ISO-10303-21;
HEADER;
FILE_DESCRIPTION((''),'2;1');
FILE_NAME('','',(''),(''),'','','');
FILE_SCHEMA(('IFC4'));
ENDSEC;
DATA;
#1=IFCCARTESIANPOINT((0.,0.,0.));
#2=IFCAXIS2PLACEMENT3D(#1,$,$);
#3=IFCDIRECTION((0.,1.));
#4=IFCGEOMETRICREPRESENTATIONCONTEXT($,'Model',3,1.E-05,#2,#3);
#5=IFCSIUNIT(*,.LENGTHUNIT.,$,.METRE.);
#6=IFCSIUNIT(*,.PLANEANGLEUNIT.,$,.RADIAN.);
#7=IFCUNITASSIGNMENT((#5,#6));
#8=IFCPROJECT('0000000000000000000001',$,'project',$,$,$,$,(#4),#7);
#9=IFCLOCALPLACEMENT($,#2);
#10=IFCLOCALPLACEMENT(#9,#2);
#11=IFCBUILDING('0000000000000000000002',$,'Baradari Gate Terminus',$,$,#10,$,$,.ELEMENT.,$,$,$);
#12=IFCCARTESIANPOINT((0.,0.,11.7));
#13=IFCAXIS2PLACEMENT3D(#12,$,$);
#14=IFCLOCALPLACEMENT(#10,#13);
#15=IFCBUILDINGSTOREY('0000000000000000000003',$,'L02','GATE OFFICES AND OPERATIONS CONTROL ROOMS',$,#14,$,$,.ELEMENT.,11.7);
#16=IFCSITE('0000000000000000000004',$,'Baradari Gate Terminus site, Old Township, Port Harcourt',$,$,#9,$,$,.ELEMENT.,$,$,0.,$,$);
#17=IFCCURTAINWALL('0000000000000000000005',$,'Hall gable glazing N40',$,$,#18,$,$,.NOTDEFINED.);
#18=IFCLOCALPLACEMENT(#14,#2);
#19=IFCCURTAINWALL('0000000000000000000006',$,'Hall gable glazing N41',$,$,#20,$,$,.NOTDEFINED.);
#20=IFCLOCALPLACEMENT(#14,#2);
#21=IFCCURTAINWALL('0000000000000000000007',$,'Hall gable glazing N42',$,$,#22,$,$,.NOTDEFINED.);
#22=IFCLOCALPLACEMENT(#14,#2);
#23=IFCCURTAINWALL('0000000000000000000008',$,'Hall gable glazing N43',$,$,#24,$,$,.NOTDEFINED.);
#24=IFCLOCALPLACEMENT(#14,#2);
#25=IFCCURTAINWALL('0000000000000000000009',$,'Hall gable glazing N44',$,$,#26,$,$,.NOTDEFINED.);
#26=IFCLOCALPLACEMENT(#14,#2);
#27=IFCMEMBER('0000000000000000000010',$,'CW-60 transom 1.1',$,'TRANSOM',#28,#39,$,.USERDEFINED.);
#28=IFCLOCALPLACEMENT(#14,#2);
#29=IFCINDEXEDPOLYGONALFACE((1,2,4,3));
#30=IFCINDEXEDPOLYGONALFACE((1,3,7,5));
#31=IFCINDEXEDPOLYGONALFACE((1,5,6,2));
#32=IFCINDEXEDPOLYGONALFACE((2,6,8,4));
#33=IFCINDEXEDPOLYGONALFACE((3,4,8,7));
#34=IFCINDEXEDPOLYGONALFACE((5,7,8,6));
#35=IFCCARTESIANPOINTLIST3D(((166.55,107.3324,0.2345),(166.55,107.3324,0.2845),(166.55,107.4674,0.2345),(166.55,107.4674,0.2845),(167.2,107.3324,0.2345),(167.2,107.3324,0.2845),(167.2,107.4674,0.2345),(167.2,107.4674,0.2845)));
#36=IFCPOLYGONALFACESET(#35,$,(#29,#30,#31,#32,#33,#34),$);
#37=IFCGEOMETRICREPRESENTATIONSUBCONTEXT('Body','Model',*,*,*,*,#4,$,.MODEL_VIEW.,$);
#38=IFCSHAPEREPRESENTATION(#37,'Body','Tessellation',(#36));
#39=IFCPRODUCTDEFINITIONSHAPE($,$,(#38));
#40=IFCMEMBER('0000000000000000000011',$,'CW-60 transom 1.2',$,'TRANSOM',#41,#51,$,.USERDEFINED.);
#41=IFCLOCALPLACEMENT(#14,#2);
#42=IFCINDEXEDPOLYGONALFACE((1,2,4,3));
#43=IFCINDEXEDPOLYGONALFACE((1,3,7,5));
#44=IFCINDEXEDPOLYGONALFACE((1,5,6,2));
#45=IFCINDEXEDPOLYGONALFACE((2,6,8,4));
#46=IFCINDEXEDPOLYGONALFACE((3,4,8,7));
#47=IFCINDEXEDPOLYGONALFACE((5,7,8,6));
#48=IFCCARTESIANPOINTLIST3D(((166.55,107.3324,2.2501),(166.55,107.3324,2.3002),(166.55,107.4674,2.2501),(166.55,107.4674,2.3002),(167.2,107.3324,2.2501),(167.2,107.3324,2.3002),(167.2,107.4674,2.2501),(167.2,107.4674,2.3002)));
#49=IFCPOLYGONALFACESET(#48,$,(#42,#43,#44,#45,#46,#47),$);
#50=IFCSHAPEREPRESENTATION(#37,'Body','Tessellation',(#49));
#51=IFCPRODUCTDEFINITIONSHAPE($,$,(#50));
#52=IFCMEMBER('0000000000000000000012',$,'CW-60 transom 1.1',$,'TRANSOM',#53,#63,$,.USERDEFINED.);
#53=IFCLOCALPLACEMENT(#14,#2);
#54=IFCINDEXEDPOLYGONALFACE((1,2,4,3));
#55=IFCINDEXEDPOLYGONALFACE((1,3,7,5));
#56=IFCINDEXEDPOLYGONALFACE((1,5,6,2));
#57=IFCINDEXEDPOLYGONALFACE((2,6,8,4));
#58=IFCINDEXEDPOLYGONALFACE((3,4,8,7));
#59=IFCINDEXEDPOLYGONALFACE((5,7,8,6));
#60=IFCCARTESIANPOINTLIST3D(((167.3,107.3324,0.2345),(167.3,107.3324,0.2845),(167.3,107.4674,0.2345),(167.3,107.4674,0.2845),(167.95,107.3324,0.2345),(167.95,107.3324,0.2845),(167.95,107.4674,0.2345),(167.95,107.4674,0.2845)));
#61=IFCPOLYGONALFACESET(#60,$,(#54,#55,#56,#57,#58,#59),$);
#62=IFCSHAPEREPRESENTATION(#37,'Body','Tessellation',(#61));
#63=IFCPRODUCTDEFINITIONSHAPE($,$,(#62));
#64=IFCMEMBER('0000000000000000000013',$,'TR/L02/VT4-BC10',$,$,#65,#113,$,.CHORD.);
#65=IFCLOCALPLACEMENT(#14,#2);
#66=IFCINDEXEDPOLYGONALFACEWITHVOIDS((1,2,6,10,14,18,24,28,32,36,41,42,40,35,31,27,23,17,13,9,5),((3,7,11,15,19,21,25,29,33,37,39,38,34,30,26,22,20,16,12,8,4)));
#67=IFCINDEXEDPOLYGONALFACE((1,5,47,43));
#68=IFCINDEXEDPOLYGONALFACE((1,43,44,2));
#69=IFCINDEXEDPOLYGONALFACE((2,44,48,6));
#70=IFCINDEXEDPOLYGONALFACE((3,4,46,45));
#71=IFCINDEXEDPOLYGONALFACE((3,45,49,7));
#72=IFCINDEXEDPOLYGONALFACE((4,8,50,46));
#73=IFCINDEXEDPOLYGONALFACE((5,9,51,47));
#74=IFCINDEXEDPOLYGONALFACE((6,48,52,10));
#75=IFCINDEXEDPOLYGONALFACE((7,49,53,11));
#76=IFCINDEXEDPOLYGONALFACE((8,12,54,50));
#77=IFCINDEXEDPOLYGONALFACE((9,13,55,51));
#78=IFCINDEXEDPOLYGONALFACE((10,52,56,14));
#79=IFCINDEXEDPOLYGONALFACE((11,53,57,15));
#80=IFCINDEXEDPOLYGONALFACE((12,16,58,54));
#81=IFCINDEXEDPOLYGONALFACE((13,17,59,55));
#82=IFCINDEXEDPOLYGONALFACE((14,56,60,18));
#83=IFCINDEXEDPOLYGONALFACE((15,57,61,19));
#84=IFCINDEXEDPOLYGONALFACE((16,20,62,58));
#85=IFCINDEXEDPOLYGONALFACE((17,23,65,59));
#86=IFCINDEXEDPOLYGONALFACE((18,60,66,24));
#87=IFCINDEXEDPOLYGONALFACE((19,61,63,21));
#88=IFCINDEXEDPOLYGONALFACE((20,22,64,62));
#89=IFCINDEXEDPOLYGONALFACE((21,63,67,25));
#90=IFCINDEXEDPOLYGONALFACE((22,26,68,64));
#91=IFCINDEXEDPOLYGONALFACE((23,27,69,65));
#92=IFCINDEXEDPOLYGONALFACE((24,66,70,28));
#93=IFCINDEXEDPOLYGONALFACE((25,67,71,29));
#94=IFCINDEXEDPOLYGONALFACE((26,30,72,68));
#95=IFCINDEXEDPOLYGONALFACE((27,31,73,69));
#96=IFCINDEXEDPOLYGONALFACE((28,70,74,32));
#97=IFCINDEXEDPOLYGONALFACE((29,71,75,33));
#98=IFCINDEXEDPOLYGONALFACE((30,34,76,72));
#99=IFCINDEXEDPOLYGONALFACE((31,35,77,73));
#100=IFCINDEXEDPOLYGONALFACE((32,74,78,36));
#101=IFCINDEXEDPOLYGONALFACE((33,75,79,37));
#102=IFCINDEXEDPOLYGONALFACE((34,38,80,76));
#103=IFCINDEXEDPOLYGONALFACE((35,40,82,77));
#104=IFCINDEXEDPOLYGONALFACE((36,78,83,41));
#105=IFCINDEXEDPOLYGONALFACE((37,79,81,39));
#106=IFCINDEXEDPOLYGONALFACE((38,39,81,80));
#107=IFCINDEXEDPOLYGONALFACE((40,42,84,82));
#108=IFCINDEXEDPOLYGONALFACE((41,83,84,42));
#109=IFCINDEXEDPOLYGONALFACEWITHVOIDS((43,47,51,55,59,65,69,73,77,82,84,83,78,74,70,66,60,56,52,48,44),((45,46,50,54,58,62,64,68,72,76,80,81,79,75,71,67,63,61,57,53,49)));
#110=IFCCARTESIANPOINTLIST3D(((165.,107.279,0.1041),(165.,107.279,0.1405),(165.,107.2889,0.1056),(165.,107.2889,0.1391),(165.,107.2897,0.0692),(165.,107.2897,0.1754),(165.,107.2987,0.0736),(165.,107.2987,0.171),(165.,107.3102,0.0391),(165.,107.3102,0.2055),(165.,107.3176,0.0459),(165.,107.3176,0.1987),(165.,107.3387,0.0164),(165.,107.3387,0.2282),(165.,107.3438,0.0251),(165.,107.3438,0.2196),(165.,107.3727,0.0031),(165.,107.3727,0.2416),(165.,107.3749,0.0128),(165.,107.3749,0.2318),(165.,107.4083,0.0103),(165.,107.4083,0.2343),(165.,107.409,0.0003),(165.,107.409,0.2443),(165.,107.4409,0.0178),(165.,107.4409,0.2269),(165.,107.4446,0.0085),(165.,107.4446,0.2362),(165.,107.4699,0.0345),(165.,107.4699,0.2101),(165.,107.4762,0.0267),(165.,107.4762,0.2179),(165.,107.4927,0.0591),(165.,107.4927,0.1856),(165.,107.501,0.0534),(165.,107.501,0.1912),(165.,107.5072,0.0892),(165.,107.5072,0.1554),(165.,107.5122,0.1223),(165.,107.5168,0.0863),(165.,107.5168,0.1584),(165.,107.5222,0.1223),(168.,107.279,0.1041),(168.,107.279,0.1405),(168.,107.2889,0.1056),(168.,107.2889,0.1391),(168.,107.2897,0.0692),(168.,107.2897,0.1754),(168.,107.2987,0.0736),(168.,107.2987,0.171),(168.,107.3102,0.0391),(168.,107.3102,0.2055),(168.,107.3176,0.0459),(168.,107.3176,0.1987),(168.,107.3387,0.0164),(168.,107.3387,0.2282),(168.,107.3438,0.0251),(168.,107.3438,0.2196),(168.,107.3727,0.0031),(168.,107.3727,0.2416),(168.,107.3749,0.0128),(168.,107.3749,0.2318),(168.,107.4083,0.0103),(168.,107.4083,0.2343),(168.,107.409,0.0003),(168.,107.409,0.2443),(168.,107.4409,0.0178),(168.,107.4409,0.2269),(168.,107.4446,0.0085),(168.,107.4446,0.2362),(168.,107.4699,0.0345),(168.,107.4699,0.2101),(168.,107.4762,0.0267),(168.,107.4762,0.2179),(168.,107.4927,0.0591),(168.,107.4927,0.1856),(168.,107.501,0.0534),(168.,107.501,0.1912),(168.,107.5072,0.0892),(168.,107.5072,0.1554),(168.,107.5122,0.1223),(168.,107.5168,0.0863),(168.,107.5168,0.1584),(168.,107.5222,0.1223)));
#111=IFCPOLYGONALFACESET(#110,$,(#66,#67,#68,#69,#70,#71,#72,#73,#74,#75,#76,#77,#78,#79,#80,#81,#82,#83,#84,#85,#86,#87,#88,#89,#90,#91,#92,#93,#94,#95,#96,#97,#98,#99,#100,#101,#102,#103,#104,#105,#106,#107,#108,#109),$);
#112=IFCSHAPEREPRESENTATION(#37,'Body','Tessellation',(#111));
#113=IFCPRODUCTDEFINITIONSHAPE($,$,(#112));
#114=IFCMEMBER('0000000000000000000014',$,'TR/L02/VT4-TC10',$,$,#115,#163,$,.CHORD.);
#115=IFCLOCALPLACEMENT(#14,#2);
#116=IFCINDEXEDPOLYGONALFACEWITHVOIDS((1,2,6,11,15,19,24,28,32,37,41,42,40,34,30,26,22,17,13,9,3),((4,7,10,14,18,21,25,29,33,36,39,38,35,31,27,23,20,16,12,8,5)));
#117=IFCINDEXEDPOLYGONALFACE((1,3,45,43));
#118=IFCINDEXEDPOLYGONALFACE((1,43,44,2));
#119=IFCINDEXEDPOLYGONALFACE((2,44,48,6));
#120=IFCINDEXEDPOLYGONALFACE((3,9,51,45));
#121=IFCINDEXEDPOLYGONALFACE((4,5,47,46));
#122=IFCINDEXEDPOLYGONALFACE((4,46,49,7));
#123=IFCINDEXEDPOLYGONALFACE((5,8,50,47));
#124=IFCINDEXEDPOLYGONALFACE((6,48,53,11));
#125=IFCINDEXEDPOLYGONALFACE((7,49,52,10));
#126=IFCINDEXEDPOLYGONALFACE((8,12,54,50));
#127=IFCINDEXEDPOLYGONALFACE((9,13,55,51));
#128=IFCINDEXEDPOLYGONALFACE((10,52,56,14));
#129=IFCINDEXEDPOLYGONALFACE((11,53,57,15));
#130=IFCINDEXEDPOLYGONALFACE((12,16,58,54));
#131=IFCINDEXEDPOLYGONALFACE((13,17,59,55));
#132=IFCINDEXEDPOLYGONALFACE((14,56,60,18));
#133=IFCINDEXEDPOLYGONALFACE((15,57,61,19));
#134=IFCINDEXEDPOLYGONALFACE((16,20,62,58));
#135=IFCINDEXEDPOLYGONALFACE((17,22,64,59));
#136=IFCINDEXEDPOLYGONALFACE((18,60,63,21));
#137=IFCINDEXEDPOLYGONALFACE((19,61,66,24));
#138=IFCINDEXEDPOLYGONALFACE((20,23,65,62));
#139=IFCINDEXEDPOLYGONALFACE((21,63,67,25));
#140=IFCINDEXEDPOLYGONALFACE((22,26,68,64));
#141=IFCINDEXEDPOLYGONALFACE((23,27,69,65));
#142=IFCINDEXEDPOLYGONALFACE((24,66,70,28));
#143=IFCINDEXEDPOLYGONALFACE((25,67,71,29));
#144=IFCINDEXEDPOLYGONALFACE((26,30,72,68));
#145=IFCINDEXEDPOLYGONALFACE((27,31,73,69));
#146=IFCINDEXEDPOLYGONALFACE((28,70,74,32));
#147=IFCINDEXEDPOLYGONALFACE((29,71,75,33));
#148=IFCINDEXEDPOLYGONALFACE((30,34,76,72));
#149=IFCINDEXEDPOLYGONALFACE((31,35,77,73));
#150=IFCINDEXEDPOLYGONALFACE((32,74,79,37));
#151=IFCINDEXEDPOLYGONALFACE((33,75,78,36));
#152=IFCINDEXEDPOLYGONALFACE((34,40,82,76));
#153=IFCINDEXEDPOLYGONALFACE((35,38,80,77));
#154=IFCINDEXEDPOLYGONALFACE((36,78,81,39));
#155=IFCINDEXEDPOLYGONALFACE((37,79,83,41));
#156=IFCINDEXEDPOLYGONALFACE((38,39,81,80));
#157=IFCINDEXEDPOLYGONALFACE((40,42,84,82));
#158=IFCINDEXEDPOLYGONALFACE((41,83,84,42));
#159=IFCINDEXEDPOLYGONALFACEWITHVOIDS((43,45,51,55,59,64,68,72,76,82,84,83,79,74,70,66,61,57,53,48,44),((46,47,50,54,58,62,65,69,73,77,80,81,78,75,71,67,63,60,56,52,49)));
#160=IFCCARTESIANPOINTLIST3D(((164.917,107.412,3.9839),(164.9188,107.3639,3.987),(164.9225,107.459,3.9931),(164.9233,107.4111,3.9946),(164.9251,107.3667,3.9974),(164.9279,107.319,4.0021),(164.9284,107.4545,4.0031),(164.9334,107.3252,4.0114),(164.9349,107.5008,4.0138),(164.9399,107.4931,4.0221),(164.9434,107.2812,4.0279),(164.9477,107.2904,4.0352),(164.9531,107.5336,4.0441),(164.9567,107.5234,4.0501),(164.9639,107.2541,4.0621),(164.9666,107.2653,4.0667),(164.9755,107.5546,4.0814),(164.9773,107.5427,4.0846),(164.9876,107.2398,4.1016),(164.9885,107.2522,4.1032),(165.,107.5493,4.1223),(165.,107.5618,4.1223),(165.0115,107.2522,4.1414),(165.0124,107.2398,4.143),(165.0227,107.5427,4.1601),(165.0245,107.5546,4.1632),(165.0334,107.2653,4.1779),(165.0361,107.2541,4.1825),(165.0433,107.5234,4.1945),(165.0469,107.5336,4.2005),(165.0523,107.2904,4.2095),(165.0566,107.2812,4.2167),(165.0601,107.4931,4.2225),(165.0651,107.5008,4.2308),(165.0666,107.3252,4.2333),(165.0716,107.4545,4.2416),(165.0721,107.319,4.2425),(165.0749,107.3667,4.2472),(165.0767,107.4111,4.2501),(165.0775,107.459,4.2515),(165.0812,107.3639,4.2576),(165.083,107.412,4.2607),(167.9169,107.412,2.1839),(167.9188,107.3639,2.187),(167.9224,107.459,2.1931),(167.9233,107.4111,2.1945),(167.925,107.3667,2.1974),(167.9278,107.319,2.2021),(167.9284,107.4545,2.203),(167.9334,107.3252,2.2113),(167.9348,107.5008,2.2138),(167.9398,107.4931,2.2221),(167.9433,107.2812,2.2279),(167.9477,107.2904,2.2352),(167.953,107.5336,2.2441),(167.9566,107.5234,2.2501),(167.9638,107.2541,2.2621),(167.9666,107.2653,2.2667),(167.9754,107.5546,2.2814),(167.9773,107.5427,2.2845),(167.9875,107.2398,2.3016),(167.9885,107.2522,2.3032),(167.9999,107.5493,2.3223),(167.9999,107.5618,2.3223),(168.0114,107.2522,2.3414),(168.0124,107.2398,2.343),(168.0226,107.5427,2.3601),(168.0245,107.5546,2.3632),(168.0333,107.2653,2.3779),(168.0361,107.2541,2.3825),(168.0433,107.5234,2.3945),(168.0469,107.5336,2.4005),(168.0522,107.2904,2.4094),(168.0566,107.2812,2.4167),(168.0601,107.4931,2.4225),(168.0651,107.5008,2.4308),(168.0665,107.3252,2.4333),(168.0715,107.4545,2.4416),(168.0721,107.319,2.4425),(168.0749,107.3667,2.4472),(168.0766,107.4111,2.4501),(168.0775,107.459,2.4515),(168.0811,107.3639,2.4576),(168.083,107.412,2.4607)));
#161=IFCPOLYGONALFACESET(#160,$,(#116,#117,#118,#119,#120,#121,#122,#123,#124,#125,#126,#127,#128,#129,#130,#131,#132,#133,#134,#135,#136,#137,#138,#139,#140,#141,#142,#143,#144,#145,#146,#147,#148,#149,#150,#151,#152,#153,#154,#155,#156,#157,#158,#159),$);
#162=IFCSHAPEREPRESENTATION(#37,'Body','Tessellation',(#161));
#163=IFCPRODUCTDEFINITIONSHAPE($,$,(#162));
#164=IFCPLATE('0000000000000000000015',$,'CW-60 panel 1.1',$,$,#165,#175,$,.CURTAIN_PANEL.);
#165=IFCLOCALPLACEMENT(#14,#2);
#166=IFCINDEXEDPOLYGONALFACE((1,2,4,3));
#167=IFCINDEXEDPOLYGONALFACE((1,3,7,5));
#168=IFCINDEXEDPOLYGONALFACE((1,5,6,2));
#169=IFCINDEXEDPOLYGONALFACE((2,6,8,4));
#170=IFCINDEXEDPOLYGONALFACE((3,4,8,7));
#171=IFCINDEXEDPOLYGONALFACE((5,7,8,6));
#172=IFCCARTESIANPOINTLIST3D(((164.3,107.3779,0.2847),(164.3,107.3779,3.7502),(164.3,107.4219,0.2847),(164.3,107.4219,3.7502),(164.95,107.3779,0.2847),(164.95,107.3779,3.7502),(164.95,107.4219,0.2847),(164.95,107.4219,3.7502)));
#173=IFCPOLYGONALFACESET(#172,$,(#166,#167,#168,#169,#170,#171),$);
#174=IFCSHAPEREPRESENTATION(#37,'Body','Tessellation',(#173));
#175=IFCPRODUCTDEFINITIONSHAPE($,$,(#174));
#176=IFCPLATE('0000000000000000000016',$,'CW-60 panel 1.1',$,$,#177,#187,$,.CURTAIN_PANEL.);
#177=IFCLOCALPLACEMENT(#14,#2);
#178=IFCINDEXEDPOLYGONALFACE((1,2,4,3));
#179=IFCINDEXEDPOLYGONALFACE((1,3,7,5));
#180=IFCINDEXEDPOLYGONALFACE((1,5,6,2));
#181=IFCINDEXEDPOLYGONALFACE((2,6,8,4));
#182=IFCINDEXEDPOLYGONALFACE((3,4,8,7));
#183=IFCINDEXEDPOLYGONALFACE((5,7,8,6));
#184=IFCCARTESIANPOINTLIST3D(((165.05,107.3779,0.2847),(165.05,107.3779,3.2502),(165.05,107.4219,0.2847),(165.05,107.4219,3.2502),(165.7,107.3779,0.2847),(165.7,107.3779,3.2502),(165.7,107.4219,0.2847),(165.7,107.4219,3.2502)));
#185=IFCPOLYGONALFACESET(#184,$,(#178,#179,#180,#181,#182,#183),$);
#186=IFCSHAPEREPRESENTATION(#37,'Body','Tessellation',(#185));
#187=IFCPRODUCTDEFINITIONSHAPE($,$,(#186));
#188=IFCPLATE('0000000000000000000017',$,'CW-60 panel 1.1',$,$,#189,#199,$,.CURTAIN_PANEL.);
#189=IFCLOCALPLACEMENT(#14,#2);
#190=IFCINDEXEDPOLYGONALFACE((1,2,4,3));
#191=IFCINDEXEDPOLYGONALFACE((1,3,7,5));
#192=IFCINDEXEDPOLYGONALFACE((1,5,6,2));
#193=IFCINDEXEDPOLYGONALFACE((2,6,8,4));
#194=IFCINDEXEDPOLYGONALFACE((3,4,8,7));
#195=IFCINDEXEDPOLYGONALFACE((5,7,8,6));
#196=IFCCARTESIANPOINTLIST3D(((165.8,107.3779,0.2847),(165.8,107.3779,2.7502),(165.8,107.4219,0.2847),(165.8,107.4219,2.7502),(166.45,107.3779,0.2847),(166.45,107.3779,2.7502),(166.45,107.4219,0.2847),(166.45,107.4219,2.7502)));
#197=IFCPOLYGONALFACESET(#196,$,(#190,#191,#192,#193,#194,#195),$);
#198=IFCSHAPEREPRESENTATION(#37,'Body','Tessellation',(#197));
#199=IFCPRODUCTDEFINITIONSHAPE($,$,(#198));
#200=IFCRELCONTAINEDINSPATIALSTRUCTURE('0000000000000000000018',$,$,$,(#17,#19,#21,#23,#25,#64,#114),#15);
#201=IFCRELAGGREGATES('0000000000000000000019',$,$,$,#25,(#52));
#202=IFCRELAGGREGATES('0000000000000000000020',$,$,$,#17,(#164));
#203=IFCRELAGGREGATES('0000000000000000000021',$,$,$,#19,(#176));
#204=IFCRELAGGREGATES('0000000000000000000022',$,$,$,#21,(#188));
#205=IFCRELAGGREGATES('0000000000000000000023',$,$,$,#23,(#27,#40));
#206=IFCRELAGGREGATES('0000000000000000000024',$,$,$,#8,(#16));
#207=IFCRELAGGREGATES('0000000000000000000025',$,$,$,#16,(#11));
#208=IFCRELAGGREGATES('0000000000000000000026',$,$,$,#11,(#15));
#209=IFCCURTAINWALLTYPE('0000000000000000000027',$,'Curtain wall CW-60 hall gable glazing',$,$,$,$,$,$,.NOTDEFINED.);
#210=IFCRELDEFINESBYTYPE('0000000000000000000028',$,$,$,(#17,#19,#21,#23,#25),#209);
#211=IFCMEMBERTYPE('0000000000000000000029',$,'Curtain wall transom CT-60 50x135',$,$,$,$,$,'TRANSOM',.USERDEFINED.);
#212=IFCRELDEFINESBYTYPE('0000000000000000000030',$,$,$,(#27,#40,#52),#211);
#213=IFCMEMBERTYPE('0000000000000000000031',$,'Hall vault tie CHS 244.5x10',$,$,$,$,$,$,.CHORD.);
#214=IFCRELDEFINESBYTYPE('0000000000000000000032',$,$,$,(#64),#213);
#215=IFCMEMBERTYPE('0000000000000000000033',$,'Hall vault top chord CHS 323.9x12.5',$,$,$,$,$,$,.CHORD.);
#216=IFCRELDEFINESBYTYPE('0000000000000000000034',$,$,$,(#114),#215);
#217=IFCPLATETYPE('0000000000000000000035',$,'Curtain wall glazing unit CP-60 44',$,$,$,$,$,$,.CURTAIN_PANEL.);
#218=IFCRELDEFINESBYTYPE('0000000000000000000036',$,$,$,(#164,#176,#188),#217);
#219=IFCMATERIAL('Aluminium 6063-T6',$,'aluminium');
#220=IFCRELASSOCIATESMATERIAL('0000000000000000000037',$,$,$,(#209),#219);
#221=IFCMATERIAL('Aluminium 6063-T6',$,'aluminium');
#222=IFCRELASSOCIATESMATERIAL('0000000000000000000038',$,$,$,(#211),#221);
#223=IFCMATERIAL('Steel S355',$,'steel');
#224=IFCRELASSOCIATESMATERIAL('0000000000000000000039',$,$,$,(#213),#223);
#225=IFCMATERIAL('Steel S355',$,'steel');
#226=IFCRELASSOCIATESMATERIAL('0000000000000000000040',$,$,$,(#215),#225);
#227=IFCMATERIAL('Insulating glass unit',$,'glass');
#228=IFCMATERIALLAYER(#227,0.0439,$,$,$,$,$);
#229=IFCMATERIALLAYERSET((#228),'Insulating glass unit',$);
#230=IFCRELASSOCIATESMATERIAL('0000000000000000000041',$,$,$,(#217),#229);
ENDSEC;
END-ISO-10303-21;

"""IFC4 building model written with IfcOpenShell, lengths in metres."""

from ifc_helpers import new_model, si_unit, direction, frame, origin, origin_2d, place, context, subcontext, project, spatial, rectangle, hollow_circle, extrude, material, layer, layer_set, material_profile, profile_set, type_object, element, aggregate, save


model = new_model("IFC4")

# Units and contexts
model_context = context("Model", 3, precision=1e-05, world=origin(), true_north=direction((0.0, 1.0)))
body_context = subcontext(model_context, "Body", "Model", "MODEL_VIEW")
ifc_project = project(units=[si_unit("LENGTHUNIT", "METRE"), si_unit("PLANEANGLEUNIT", "RADIAN")], contexts=[model_context])

# Site, building, storey
site_placement = place(None, origin())
site = spatial("IfcSite", under=ifc_project, at=site_placement, Name="Baradari Gate Terminus site, Old Township, Port Harcourt", CompositionType="ELEMENT", RefElevation=0.0)
building_placement = place(site_placement, origin())
building = spatial("IfcBuilding", under=site, at=building_placement, Name="Baradari Gate Terminus", CompositionType="ELEMENT")
storey_placement = place(building_placement, frame((0.0, 0.0, 11.7)))
storey = spatial("IfcBuildingStorey", under=building, at=storey_placement, Name="L02", Description="GATE OFFICES AND OPERATIONS CONTROL ROOMS", CompositionType="ELEMENT", Elevation=11.7)

# Curtain walls
ifc_material_1 = material(Name="Aluminium 6063-T6", Category="aluminium")
curtain_wall_type = type_object("IfcCurtainWallType", Name="Curtain wall CW-60 hall gable glazing", PredefinedType="NOTDEFINED", material=ifc_material_1)
curtain_wall_1_placement = place(storey_placement, origin())
curtain_wall_1 = element("IfcCurtainWall", 1, at=curtain_wall_1_placement, inside=storey, type_object=curtain_wall_type, Name="Hall gable glazing N40", PredefinedType="NOTDEFINED")
curtain_wall_2_placement = place(storey_placement, origin())
curtain_wall_2 = element("IfcCurtainWall", 2, at=curtain_wall_2_placement, inside=storey, type_object=curtain_wall_type, Name="Hall gable glazing N41", PredefinedType="NOTDEFINED")
curtain_wall_3_placement = place(storey_placement, origin())
curtain_wall_3 = element("IfcCurtainWall", 3, at=curtain_wall_3_placement, inside=storey, type_object=curtain_wall_type, Name="Hall gable glazing N42", PredefinedType="NOTDEFINED")
curtain_wall_4_placement = place(storey_placement, origin())
curtain_wall_4 = element("IfcCurtainWall", 4, at=curtain_wall_4_placement, inside=storey, type_object=curtain_wall_type, Name="Hall gable glazing N43", PredefinedType="NOTDEFINED")

# Curtain wall
curtain_wall_5_placement = place(storey_placement, origin())
curtain_wall_5 = element("IfcCurtainWall", 5, at=curtain_wall_5_placement, inside=storey, type_object=curtain_wall_type, Name="Hall gable glazing N44", PredefinedType="NOTDEFINED")

# Members
ifc_material_2 = material(Name="Aluminium 6063-T6", Category="aluminium")
ifc_material_profile_1 = material_profile(ifc_material_2, rectangle(XDim=0.135, YDim=0.05, at=origin_2d()), Name="CT-60 50X135")
ifc_profile_set_1 = profile_set([ifc_material_profile_1], Name="Aluminium 6063-T6")
member_type_1 = type_object("IfcMemberType", Name="Curtain wall transom CT-60 50x135", ElementType="TRANSOM", PredefinedType="USERDEFINED", material=ifc_profile_set_1)
member_1_placement = place(storey_placement, frame((166.55, 107.3999, 0.2595), z_axis=(1.0, 0.0, 0.0), x_axis=(0.0, 1.0, 0.0)))
member_1 = element("IfcMember", 6, at=member_1_placement, type_object=member_type_1, Name="CW-60 transom 1.1", ObjectType="TRANSOM", PredefinedType="USERDEFINED", context=body_context, shape_type="SweptSolid", body=[
    extrude(rectangle(XDim=0.135, YDim=0.05, at=origin_2d()), origin(), (0.0, 0.0, 1.0), 0.6499),
])
member_2_placement = place(storey_placement, frame((166.55, 107.3999, 2.2751), z_axis=(1.0, 0.0, 0.0), x_axis=(0.0, 1.0, 0.0)))
member_2 = element("IfcMember", 7, at=member_2_placement, type_object=member_type_1, Name="CW-60 transom 1.2", ObjectType="TRANSOM", PredefinedType="USERDEFINED", context=body_context, shape_type="SweptSolid", body=[
    extrude(rectangle(XDim=0.135, YDim=0.05, at=origin_2d()), origin(), (0.0, 0.0, 1.0), 0.6499),
])
member_3_placement = place(storey_placement, frame((167.3, 107.3999, 0.2595), z_axis=(1.0, 0.0, 0.0), x_axis=(0.0, 1.0, 0.0)))
member_3 = element("IfcMember", 8, at=member_3_placement, type_object=member_type_1, Name="CW-60 transom 1.1", ObjectType="TRANSOM", PredefinedType="USERDEFINED", context=body_context, shape_type="SweptSolid", body=[
    extrude(rectangle(XDim=0.135, YDim=0.05, at=origin_2d()), origin(), (0.0, 0.0, 1.0), 0.6499),
])
aggregate(curtain_wall_5, [member_3])

# Members
ifc_material_3 = material(Name="Steel S355", Category="steel")
ifc_material_profile_2 = material_profile(ifc_material_3, hollow_circle(Radius=0.1223, WallThickness=0.01, at=origin_2d()), Name="CHS 244.5x10")
ifc_profile_set_2 = profile_set([ifc_material_profile_2], Name="Steel S355")
member_type_2 = type_object("IfcMemberType", Name="Hall vault tie CHS 244.5x10", PredefinedType="CHORD", material=ifc_profile_set_2)
member_4_placement = place(storey_placement, frame((165.0, 107.3999, 0.1223), z_axis=(1.0, 0.0, 0.0), x_axis=(0.0, 1.0, 0.0)))
element("IfcMember", 9, at=member_4_placement, inside=storey, type_object=member_type_2, Name="TR/L02/VT4-BC10", PredefinedType="CHORD", context=body_context, shape_type="SweptSolid", body=[
    extrude(hollow_circle(Radius=0.1223, WallThickness=0.01, at=origin_2d()), origin(), (0.0, 0.0, 1.0), 3.0),
])
ifc_material_4 = material(Name="Steel S355", Category="steel")
ifc_material_profile_3 = material_profile(ifc_material_4, hollow_circle(Radius=0.1619, WallThickness=0.0125, at=origin_2d()), Name="CHS 323.9x12.5")
ifc_profile_set_3 = profile_set([ifc_material_profile_3], Name="Steel S355")
member_type_3 = type_object("IfcMemberType", Name="Hall vault top chord CHS 323.9x12.5", PredefinedType="CHORD", material=ifc_profile_set_3)
member_5_placement = place(storey_placement, frame((165.0, 107.3999, 4.1223), z_axis=(0.857487, 0.0, -0.514506), x_axis=(0.0, 1.0, 0.0)))
element("IfcMember", 10, at=member_5_placement, inside=storey, type_object=member_type_3, Name="TR/L02/VT4-TC10", PredefinedType="CHORD", context=body_context, shape_type="SweptSolid", body=[
    extrude(hollow_circle(Radius=0.1619, WallThickness=0.0125, at=origin_2d()), origin(), (0.0, 0.0, 1.0), 3.4985),
])

# Plates
ifc_material_5 = material(Name="Insulating glass unit", Category="glass")
ifc_layer_1 = layer(ifc_material_5, 0.0439)
ifc_layer_set_1 = layer_set([ifc_layer_1], Name="Insulating glass unit")
plate_type = type_object("IfcPlateType", Name="Curtain wall glazing unit CP-60 44", PredefinedType="CURTAIN_PANEL", material=ifc_layer_set_1)
plate_1_placement = place(storey_placement, frame((164.625, 107.3999, 0.2847), z_axis=(0.0, 0.0, 1.0), x_axis=(1.0, 0.0, 0.0)))
plate_1 = element("IfcPlate", 11, at=plate_1_placement, type_object=plate_type, Name="CW-60 panel 1.1", PredefinedType="CURTAIN_PANEL", context=body_context, shape_type="SweptSolid", body=[
    extrude(rectangle(XDim=0.6499, YDim=0.0439, at=origin_2d()), origin(), (0.0, 0.0, 1.0), 3.4656),
])
aggregate(curtain_wall_1, [plate_1])
plate_2_placement = place(storey_placement, frame((165.375, 107.3999, 0.2847), z_axis=(0.0, 0.0, 1.0), x_axis=(1.0, 0.0, 0.0)))
plate_2 = element("IfcPlate", 12, at=plate_2_placement, type_object=plate_type, Name="CW-60 panel 1.1", PredefinedType="CURTAIN_PANEL", context=body_context, shape_type="SweptSolid", body=[
    extrude(rectangle(XDim=0.6499, YDim=0.0439, at=origin_2d()), origin(), (0.0, 0.0, 1.0), 2.9656),
])
aggregate(curtain_wall_2, [plate_2])
plate_3_placement = place(storey_placement, frame((166.125, 107.3999, 0.2847), z_axis=(0.0, 0.0, 1.0), x_axis=(1.0, 0.0, 0.0)))
plate_3 = element("IfcPlate", 13, at=plate_3_placement, type_object=plate_type, Name="CW-60 panel 1.1", PredefinedType="CURTAIN_PANEL", context=body_context, shape_type="SweptSolid", body=[
    extrude(rectangle(XDim=0.6499, YDim=0.0439, at=origin_2d()), origin(), (0.0, 0.0, 1.0), 2.4656),
])
aggregate(curtain_wall_3, [plate_3])
aggregate(curtain_wall_4, [member_1, member_2])

save(model, "model.ifc")
